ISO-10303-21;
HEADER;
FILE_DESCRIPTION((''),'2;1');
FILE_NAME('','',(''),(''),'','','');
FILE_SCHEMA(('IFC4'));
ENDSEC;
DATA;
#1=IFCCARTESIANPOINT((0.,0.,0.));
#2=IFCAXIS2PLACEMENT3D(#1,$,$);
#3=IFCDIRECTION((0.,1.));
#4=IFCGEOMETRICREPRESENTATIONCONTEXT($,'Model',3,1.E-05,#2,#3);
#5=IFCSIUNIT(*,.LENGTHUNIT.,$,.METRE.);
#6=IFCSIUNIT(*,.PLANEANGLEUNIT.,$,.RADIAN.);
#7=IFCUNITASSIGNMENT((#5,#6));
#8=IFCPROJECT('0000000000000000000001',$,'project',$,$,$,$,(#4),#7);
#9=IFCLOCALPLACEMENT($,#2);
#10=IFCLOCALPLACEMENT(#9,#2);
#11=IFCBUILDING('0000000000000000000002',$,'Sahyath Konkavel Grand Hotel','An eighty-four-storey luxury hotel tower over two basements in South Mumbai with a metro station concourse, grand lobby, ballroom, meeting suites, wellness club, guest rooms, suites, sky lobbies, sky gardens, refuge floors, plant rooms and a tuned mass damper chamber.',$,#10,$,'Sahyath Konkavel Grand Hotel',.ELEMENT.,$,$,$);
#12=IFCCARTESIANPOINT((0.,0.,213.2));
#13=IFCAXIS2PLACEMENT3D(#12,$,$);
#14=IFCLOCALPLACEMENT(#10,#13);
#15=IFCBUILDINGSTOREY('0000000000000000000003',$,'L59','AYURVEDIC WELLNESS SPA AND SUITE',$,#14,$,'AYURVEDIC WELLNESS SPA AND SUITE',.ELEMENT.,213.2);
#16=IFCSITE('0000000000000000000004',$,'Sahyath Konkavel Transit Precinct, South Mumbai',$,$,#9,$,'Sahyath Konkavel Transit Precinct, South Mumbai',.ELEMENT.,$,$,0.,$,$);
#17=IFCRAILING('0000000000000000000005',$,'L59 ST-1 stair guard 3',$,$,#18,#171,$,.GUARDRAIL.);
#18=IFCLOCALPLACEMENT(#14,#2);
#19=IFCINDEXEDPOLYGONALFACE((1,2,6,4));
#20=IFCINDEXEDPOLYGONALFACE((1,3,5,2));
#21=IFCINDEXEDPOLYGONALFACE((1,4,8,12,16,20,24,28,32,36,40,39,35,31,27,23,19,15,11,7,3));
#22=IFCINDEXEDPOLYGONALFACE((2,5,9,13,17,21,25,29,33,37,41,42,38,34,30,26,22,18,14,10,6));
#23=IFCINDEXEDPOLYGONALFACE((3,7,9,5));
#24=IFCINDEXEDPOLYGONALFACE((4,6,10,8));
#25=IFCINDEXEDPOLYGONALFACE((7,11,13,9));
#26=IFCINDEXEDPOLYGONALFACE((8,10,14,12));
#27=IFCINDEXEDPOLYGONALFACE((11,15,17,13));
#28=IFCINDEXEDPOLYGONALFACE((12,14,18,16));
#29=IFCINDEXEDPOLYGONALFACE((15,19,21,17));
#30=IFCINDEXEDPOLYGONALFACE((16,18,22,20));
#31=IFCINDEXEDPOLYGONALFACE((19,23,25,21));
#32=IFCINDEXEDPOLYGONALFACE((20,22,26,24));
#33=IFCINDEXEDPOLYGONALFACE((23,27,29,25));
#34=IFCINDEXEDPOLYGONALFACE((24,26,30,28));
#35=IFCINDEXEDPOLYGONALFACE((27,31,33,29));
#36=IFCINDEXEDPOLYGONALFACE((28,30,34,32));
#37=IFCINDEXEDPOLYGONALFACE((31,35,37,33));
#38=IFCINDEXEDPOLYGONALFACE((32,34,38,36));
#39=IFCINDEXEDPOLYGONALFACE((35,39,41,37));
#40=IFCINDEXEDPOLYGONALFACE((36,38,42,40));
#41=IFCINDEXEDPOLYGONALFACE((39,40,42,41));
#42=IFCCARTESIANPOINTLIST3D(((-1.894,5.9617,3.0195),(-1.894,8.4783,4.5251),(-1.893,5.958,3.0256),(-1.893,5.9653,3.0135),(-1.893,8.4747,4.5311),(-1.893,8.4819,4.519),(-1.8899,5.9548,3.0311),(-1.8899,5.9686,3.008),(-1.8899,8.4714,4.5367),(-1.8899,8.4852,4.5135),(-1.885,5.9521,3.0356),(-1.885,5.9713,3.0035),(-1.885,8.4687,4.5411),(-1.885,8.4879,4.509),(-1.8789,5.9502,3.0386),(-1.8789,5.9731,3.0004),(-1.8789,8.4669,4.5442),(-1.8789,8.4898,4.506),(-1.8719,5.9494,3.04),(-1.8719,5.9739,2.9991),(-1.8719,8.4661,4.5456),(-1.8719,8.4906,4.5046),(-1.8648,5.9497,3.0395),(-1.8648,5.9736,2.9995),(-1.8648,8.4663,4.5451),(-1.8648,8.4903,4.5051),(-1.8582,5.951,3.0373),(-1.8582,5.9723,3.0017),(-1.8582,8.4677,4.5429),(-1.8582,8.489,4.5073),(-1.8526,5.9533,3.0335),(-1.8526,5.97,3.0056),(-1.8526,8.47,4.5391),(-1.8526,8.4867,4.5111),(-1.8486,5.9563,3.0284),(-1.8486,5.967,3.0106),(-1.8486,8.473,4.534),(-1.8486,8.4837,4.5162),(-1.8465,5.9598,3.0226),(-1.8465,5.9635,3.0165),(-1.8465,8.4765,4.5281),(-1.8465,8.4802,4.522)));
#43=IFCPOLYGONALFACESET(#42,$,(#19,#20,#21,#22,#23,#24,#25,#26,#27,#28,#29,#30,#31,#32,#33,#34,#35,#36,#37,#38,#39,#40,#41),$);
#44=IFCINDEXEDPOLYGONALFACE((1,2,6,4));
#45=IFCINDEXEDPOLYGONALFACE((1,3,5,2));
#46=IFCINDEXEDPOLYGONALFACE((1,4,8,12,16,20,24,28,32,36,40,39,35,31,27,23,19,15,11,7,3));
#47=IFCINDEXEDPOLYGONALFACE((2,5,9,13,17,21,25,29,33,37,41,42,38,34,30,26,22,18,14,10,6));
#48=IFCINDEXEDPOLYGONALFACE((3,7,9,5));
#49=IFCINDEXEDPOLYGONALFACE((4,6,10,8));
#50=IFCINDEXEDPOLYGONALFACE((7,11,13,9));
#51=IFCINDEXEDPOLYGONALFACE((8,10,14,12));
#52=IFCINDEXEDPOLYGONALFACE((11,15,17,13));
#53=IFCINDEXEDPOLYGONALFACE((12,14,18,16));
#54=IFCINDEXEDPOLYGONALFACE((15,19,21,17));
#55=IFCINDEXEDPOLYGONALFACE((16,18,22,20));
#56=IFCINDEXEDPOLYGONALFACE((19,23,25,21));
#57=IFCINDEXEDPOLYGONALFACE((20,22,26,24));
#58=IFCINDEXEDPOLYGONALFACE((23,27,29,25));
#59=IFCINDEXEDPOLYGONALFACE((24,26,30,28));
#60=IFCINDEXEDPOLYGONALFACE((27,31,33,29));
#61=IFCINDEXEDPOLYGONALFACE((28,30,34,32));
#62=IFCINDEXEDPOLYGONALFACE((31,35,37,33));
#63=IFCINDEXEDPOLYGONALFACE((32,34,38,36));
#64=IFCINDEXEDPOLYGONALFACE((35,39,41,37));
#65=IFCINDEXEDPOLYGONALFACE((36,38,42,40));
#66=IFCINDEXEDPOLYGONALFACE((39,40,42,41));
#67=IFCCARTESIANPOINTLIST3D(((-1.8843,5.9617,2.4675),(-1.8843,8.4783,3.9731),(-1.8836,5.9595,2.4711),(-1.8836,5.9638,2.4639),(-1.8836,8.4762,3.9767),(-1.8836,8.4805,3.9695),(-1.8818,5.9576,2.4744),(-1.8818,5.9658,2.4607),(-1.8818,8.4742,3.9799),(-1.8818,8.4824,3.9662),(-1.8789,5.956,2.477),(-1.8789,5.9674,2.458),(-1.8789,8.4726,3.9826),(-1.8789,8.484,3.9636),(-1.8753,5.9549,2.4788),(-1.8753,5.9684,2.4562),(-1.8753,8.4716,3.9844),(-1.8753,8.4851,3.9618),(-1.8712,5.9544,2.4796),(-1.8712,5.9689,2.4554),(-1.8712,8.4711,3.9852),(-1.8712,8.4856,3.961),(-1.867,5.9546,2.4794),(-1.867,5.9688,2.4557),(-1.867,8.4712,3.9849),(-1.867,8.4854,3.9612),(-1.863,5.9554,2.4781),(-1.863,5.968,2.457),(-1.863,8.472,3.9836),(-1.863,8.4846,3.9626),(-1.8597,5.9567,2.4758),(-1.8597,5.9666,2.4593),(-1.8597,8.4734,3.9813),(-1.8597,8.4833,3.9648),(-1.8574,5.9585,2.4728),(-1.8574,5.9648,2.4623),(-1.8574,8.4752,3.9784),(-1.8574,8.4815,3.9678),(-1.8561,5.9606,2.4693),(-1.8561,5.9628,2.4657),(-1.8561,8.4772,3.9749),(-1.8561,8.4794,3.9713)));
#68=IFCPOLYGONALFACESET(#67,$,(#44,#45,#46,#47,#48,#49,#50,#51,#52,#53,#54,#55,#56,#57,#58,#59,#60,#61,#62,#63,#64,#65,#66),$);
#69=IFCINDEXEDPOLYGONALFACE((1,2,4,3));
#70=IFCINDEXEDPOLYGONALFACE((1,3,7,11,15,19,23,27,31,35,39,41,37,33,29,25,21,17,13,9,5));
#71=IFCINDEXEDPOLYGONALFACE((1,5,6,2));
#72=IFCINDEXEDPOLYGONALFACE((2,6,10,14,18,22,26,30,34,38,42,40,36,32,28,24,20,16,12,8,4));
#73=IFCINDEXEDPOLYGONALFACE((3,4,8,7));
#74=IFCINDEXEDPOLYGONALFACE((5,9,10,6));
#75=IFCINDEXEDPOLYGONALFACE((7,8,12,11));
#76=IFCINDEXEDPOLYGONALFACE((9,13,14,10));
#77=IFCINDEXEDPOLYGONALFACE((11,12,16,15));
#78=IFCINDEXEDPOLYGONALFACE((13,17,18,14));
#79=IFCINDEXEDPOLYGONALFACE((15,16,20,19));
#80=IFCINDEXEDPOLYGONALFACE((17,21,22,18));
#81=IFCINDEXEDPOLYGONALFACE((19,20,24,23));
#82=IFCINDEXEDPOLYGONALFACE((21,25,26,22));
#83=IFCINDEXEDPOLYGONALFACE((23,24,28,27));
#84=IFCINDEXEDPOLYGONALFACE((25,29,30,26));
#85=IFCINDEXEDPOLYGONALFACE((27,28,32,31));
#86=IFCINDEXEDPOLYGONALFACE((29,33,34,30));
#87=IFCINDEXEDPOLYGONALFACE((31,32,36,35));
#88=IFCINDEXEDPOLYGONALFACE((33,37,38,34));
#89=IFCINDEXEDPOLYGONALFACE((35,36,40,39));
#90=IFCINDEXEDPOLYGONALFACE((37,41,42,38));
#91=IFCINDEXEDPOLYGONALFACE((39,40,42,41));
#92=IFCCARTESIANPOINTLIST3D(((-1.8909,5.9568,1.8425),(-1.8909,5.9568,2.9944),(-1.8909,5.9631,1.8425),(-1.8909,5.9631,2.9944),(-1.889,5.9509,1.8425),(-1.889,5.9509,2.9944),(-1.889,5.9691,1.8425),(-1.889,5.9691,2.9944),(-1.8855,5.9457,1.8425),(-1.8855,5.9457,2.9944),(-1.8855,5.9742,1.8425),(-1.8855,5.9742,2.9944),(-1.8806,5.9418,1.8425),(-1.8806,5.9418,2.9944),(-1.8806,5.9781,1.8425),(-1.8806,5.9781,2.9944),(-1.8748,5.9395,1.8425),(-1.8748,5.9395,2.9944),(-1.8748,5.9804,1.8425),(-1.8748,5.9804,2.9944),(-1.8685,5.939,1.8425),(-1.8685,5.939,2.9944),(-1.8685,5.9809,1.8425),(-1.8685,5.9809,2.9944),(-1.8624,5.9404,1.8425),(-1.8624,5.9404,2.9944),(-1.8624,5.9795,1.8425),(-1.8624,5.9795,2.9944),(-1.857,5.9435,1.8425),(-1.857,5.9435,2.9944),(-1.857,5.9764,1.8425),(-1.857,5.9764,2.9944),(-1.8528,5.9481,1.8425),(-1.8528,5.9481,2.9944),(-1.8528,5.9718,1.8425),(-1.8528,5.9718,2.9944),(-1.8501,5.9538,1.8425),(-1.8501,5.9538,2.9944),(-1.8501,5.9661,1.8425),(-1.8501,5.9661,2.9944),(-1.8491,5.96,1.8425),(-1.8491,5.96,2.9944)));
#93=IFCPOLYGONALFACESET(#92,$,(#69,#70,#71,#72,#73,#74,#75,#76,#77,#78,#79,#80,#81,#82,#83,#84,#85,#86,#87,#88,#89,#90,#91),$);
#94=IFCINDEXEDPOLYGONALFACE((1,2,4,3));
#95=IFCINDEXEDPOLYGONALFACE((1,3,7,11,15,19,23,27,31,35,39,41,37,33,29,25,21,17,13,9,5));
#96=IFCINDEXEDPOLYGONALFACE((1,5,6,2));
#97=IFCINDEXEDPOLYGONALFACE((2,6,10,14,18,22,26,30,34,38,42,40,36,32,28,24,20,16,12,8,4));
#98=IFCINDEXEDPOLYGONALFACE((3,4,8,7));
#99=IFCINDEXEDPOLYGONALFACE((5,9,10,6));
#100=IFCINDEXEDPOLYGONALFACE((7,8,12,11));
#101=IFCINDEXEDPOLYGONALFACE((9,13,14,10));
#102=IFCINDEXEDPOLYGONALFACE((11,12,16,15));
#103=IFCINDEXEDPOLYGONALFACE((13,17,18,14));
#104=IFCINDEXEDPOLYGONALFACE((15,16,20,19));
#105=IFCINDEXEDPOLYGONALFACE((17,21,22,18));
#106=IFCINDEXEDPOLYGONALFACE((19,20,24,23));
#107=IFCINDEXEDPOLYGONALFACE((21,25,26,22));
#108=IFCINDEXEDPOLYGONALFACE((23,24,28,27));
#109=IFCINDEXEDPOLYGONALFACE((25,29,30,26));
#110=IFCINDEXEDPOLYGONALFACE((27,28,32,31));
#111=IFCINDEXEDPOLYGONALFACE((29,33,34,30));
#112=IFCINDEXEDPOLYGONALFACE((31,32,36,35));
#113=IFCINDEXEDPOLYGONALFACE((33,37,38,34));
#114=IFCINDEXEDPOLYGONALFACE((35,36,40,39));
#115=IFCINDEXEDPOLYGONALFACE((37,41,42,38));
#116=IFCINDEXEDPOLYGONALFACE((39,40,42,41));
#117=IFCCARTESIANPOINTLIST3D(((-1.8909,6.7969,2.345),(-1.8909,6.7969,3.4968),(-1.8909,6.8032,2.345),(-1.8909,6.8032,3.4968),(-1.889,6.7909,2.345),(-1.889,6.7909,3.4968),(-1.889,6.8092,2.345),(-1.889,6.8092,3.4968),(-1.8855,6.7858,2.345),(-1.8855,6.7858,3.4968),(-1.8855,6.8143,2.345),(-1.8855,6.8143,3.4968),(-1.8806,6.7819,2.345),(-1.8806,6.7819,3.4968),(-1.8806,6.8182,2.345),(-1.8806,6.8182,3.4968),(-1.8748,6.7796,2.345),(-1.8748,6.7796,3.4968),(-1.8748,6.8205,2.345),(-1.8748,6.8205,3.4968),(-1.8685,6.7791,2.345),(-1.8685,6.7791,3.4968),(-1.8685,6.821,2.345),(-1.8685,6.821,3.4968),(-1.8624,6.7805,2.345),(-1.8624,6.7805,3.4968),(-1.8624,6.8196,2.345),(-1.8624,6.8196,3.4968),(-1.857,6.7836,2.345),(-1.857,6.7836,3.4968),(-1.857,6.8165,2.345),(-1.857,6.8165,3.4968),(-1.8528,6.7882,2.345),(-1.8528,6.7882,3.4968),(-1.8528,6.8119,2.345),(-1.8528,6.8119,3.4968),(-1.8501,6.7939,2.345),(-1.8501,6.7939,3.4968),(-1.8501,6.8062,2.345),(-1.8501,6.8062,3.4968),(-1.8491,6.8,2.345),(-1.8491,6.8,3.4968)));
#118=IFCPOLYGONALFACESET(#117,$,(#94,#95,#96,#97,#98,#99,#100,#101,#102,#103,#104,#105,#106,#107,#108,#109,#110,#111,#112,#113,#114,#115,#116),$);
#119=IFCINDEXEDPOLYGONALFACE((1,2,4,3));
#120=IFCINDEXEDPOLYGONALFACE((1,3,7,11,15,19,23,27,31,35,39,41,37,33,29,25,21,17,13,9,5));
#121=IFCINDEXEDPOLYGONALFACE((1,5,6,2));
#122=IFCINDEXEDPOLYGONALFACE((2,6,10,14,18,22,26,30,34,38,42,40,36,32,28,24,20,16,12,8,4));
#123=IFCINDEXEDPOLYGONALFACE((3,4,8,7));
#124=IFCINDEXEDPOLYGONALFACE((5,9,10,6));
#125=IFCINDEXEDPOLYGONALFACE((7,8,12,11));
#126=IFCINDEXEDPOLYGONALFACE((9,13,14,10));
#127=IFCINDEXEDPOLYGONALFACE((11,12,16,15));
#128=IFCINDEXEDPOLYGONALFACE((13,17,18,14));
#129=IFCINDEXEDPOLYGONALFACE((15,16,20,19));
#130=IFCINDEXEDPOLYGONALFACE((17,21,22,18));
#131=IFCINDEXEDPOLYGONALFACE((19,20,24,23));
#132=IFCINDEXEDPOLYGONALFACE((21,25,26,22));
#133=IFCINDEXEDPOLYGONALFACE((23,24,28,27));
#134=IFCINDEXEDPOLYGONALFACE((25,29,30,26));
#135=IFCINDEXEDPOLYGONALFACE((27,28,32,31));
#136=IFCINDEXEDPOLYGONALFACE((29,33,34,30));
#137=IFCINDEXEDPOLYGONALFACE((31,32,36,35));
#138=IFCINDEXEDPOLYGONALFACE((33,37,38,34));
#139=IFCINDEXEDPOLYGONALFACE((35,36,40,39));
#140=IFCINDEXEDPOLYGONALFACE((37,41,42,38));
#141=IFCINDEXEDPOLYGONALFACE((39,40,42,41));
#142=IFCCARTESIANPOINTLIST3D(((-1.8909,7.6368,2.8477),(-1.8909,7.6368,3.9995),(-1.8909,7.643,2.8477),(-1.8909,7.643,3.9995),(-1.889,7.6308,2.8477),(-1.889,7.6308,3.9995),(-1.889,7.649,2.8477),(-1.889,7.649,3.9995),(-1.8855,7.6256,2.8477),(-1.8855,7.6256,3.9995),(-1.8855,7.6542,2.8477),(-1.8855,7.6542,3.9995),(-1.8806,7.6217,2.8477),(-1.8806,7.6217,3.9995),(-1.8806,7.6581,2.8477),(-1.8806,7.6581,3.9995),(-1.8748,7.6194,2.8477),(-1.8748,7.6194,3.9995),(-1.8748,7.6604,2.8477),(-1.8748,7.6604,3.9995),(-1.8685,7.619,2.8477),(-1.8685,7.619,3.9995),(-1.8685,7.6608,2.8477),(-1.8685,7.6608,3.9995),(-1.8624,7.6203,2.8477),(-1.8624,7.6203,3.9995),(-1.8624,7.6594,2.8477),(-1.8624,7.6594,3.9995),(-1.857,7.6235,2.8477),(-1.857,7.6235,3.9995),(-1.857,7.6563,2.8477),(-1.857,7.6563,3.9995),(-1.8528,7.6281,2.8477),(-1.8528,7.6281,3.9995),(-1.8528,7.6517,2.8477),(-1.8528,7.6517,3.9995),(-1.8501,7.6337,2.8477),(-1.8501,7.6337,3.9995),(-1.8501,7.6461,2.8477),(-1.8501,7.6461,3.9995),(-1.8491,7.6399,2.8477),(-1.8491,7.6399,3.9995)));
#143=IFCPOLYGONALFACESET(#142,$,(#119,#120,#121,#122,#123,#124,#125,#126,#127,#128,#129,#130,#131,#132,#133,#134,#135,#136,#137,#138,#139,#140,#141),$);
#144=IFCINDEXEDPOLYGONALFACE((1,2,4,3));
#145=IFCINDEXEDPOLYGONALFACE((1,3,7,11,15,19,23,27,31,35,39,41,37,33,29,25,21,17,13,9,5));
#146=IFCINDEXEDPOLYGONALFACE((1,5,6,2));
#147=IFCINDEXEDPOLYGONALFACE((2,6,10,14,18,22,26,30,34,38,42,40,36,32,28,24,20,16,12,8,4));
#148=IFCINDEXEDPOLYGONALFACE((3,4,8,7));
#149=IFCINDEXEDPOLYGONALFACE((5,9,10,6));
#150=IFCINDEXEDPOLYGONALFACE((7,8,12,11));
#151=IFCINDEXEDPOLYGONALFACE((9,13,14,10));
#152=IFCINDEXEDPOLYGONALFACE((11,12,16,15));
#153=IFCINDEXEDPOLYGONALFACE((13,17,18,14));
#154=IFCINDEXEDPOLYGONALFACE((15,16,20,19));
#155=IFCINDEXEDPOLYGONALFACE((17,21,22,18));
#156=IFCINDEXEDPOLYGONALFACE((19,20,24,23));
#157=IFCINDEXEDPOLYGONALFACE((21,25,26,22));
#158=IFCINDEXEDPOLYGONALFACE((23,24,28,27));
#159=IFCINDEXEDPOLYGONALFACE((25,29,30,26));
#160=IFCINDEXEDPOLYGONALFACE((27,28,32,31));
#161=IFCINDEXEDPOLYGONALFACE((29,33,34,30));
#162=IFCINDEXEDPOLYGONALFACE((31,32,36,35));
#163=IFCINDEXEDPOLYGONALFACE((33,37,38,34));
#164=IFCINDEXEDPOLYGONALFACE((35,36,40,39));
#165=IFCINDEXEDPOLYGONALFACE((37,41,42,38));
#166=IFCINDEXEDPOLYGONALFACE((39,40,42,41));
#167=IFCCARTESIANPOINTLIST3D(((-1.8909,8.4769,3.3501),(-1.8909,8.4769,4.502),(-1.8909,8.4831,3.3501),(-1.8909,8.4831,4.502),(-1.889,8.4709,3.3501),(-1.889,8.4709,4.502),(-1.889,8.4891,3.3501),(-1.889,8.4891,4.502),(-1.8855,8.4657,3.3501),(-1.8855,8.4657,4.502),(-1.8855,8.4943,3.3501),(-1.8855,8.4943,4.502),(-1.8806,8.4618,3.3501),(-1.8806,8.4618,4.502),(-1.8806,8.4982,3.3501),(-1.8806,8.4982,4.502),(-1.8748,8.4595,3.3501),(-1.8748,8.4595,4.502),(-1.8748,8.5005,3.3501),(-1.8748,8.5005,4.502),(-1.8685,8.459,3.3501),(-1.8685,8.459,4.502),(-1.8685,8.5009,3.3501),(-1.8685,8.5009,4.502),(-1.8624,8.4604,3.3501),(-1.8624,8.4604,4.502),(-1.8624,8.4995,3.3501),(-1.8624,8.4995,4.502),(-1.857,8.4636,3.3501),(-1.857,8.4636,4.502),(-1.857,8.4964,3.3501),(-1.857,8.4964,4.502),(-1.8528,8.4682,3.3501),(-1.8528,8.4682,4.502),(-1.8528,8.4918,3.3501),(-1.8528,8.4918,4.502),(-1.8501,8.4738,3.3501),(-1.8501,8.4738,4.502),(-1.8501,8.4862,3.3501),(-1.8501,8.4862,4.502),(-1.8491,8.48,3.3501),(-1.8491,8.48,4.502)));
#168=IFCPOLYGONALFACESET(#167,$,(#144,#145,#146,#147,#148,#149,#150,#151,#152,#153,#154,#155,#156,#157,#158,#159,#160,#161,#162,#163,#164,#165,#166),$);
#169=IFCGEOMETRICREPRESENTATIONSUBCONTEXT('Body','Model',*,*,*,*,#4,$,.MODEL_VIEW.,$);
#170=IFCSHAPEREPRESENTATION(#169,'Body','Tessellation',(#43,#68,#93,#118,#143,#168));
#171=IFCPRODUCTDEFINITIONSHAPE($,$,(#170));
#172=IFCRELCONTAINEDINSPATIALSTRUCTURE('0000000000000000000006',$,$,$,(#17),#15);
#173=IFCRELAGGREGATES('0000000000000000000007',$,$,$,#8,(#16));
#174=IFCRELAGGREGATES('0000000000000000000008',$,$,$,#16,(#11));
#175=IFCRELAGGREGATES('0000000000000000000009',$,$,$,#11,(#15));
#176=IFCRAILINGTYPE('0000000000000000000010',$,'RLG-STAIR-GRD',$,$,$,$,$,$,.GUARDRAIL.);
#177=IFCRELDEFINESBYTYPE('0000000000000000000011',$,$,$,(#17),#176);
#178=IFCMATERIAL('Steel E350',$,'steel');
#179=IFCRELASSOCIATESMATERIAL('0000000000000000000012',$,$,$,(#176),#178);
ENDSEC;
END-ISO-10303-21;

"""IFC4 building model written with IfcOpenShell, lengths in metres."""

from ifc_helpers import new_model, si_unit, direction, frame, origin, origin_2d, place, context, subcontext, project, spatial, circle, extrude, material, type_object, element, save


model = new_model("IFC4")

# Units and contexts
model_context = context("Model", 3, precision=1e-05, world=origin(), true_north=direction((0.0, 1.0)))
body_context = subcontext(model_context, "Body", "Model", "MODEL_VIEW")
ifc_project = project(units=[si_unit("LENGTHUNIT", "METRE"), si_unit("PLANEANGLEUNIT", "RADIAN")], contexts=[model_context])

# Site, building, storey
site_placement = place(None, origin())
site = spatial("IfcSite", under=ifc_project, at=site_placement, Name="Sahyath Konkavel Transit Precinct, South Mumbai", LongName="Sahyath Konkavel Transit Precinct, South Mumbai", CompositionType="ELEMENT", RefElevation=0.0)
building_placement = place(site_placement, origin())
building = spatial("IfcBuilding", under=site, at=building_placement, Name="Sahyath Konkavel Grand Hotel", Description="An eighty-four-storey luxury hotel tower over two basements in South Mumbai with a metro station concourse, grand lobby, ballroom, meeting suites, wellness club, guest rooms, suites, sky lobbies, sky gardens, refuge floors, plant rooms and a tuned mass damper chamber.", LongName="Sahyath Konkavel Grand Hotel", CompositionType="ELEMENT")
storey_placement = place(building_placement, frame((0.0, 0.0, 213.2)))
storey = spatial("IfcBuildingStorey", under=building, at=storey_placement, Name="L59", Description="AYURVEDIC WELLNESS SPA AND SUITE", LongName="AYURVEDIC WELLNESS SPA AND SUITE", CompositionType="ELEMENT", Elevation=213.2)

# Shared definitions
ifc_material_1 = material(Name="Steel E350", Category="steel")

# Railing
railing_type = type_object("IfcRailingType", Name="RLG-STAIR-GRD", PredefinedType="GUARDRAIL", material=ifc_material_1)
railing_1_placement = place(storey_placement, frame((-1.8701, 5.96, 1.8425)))
element("IfcRailing", 1, at=railing_1_placement, inside=storey, type_object=railing_type, Name="L59 ST-1 stair guard 3", PredefinedType="GUARDRAIL", context=body_context, shape_type="SweptSolid", body=[
    extrude(circle(Radius=0.0239, at=origin_2d()), frame((0.0, 0.0017, 1.177), z_axis=(0.0, 0.85816, 0.513383), x_axis=(-1.0, 0.0, 0.0)), (0.0, 0.0, 1.0), 2.9326),
    extrude(circle(Radius=0.0142, at=origin_2d()), frame((0.0, 0.0017, 0.625), z_axis=(0.0, 0.85816, 0.513383), x_axis=(-1.0, 0.0, 0.0)), (0.0, 0.0, 1.0), 2.9326),
    extrude(circle(Radius=0.021, at=origin_2d()), origin(), (0.0, 0.0, 1.0), 1.1519),
    extrude(circle(Radius=0.021, at=origin_2d()), frame((0.0, 0.8401, 0.5024)), (0.0, 0.0, 1.0), 1.1519),
    extrude(circle(Radius=0.021, at=origin_2d()), frame((0.0, 1.6799, 1.0051)), (0.0, 0.0, 1.0), 1.1519),
    extrude(circle(Radius=0.021, at=origin_2d()), frame((0.0, 2.52, 1.5076)), (0.0, 0.0, 1.0), 1.1519),
])

save(model, "model.ifc")
